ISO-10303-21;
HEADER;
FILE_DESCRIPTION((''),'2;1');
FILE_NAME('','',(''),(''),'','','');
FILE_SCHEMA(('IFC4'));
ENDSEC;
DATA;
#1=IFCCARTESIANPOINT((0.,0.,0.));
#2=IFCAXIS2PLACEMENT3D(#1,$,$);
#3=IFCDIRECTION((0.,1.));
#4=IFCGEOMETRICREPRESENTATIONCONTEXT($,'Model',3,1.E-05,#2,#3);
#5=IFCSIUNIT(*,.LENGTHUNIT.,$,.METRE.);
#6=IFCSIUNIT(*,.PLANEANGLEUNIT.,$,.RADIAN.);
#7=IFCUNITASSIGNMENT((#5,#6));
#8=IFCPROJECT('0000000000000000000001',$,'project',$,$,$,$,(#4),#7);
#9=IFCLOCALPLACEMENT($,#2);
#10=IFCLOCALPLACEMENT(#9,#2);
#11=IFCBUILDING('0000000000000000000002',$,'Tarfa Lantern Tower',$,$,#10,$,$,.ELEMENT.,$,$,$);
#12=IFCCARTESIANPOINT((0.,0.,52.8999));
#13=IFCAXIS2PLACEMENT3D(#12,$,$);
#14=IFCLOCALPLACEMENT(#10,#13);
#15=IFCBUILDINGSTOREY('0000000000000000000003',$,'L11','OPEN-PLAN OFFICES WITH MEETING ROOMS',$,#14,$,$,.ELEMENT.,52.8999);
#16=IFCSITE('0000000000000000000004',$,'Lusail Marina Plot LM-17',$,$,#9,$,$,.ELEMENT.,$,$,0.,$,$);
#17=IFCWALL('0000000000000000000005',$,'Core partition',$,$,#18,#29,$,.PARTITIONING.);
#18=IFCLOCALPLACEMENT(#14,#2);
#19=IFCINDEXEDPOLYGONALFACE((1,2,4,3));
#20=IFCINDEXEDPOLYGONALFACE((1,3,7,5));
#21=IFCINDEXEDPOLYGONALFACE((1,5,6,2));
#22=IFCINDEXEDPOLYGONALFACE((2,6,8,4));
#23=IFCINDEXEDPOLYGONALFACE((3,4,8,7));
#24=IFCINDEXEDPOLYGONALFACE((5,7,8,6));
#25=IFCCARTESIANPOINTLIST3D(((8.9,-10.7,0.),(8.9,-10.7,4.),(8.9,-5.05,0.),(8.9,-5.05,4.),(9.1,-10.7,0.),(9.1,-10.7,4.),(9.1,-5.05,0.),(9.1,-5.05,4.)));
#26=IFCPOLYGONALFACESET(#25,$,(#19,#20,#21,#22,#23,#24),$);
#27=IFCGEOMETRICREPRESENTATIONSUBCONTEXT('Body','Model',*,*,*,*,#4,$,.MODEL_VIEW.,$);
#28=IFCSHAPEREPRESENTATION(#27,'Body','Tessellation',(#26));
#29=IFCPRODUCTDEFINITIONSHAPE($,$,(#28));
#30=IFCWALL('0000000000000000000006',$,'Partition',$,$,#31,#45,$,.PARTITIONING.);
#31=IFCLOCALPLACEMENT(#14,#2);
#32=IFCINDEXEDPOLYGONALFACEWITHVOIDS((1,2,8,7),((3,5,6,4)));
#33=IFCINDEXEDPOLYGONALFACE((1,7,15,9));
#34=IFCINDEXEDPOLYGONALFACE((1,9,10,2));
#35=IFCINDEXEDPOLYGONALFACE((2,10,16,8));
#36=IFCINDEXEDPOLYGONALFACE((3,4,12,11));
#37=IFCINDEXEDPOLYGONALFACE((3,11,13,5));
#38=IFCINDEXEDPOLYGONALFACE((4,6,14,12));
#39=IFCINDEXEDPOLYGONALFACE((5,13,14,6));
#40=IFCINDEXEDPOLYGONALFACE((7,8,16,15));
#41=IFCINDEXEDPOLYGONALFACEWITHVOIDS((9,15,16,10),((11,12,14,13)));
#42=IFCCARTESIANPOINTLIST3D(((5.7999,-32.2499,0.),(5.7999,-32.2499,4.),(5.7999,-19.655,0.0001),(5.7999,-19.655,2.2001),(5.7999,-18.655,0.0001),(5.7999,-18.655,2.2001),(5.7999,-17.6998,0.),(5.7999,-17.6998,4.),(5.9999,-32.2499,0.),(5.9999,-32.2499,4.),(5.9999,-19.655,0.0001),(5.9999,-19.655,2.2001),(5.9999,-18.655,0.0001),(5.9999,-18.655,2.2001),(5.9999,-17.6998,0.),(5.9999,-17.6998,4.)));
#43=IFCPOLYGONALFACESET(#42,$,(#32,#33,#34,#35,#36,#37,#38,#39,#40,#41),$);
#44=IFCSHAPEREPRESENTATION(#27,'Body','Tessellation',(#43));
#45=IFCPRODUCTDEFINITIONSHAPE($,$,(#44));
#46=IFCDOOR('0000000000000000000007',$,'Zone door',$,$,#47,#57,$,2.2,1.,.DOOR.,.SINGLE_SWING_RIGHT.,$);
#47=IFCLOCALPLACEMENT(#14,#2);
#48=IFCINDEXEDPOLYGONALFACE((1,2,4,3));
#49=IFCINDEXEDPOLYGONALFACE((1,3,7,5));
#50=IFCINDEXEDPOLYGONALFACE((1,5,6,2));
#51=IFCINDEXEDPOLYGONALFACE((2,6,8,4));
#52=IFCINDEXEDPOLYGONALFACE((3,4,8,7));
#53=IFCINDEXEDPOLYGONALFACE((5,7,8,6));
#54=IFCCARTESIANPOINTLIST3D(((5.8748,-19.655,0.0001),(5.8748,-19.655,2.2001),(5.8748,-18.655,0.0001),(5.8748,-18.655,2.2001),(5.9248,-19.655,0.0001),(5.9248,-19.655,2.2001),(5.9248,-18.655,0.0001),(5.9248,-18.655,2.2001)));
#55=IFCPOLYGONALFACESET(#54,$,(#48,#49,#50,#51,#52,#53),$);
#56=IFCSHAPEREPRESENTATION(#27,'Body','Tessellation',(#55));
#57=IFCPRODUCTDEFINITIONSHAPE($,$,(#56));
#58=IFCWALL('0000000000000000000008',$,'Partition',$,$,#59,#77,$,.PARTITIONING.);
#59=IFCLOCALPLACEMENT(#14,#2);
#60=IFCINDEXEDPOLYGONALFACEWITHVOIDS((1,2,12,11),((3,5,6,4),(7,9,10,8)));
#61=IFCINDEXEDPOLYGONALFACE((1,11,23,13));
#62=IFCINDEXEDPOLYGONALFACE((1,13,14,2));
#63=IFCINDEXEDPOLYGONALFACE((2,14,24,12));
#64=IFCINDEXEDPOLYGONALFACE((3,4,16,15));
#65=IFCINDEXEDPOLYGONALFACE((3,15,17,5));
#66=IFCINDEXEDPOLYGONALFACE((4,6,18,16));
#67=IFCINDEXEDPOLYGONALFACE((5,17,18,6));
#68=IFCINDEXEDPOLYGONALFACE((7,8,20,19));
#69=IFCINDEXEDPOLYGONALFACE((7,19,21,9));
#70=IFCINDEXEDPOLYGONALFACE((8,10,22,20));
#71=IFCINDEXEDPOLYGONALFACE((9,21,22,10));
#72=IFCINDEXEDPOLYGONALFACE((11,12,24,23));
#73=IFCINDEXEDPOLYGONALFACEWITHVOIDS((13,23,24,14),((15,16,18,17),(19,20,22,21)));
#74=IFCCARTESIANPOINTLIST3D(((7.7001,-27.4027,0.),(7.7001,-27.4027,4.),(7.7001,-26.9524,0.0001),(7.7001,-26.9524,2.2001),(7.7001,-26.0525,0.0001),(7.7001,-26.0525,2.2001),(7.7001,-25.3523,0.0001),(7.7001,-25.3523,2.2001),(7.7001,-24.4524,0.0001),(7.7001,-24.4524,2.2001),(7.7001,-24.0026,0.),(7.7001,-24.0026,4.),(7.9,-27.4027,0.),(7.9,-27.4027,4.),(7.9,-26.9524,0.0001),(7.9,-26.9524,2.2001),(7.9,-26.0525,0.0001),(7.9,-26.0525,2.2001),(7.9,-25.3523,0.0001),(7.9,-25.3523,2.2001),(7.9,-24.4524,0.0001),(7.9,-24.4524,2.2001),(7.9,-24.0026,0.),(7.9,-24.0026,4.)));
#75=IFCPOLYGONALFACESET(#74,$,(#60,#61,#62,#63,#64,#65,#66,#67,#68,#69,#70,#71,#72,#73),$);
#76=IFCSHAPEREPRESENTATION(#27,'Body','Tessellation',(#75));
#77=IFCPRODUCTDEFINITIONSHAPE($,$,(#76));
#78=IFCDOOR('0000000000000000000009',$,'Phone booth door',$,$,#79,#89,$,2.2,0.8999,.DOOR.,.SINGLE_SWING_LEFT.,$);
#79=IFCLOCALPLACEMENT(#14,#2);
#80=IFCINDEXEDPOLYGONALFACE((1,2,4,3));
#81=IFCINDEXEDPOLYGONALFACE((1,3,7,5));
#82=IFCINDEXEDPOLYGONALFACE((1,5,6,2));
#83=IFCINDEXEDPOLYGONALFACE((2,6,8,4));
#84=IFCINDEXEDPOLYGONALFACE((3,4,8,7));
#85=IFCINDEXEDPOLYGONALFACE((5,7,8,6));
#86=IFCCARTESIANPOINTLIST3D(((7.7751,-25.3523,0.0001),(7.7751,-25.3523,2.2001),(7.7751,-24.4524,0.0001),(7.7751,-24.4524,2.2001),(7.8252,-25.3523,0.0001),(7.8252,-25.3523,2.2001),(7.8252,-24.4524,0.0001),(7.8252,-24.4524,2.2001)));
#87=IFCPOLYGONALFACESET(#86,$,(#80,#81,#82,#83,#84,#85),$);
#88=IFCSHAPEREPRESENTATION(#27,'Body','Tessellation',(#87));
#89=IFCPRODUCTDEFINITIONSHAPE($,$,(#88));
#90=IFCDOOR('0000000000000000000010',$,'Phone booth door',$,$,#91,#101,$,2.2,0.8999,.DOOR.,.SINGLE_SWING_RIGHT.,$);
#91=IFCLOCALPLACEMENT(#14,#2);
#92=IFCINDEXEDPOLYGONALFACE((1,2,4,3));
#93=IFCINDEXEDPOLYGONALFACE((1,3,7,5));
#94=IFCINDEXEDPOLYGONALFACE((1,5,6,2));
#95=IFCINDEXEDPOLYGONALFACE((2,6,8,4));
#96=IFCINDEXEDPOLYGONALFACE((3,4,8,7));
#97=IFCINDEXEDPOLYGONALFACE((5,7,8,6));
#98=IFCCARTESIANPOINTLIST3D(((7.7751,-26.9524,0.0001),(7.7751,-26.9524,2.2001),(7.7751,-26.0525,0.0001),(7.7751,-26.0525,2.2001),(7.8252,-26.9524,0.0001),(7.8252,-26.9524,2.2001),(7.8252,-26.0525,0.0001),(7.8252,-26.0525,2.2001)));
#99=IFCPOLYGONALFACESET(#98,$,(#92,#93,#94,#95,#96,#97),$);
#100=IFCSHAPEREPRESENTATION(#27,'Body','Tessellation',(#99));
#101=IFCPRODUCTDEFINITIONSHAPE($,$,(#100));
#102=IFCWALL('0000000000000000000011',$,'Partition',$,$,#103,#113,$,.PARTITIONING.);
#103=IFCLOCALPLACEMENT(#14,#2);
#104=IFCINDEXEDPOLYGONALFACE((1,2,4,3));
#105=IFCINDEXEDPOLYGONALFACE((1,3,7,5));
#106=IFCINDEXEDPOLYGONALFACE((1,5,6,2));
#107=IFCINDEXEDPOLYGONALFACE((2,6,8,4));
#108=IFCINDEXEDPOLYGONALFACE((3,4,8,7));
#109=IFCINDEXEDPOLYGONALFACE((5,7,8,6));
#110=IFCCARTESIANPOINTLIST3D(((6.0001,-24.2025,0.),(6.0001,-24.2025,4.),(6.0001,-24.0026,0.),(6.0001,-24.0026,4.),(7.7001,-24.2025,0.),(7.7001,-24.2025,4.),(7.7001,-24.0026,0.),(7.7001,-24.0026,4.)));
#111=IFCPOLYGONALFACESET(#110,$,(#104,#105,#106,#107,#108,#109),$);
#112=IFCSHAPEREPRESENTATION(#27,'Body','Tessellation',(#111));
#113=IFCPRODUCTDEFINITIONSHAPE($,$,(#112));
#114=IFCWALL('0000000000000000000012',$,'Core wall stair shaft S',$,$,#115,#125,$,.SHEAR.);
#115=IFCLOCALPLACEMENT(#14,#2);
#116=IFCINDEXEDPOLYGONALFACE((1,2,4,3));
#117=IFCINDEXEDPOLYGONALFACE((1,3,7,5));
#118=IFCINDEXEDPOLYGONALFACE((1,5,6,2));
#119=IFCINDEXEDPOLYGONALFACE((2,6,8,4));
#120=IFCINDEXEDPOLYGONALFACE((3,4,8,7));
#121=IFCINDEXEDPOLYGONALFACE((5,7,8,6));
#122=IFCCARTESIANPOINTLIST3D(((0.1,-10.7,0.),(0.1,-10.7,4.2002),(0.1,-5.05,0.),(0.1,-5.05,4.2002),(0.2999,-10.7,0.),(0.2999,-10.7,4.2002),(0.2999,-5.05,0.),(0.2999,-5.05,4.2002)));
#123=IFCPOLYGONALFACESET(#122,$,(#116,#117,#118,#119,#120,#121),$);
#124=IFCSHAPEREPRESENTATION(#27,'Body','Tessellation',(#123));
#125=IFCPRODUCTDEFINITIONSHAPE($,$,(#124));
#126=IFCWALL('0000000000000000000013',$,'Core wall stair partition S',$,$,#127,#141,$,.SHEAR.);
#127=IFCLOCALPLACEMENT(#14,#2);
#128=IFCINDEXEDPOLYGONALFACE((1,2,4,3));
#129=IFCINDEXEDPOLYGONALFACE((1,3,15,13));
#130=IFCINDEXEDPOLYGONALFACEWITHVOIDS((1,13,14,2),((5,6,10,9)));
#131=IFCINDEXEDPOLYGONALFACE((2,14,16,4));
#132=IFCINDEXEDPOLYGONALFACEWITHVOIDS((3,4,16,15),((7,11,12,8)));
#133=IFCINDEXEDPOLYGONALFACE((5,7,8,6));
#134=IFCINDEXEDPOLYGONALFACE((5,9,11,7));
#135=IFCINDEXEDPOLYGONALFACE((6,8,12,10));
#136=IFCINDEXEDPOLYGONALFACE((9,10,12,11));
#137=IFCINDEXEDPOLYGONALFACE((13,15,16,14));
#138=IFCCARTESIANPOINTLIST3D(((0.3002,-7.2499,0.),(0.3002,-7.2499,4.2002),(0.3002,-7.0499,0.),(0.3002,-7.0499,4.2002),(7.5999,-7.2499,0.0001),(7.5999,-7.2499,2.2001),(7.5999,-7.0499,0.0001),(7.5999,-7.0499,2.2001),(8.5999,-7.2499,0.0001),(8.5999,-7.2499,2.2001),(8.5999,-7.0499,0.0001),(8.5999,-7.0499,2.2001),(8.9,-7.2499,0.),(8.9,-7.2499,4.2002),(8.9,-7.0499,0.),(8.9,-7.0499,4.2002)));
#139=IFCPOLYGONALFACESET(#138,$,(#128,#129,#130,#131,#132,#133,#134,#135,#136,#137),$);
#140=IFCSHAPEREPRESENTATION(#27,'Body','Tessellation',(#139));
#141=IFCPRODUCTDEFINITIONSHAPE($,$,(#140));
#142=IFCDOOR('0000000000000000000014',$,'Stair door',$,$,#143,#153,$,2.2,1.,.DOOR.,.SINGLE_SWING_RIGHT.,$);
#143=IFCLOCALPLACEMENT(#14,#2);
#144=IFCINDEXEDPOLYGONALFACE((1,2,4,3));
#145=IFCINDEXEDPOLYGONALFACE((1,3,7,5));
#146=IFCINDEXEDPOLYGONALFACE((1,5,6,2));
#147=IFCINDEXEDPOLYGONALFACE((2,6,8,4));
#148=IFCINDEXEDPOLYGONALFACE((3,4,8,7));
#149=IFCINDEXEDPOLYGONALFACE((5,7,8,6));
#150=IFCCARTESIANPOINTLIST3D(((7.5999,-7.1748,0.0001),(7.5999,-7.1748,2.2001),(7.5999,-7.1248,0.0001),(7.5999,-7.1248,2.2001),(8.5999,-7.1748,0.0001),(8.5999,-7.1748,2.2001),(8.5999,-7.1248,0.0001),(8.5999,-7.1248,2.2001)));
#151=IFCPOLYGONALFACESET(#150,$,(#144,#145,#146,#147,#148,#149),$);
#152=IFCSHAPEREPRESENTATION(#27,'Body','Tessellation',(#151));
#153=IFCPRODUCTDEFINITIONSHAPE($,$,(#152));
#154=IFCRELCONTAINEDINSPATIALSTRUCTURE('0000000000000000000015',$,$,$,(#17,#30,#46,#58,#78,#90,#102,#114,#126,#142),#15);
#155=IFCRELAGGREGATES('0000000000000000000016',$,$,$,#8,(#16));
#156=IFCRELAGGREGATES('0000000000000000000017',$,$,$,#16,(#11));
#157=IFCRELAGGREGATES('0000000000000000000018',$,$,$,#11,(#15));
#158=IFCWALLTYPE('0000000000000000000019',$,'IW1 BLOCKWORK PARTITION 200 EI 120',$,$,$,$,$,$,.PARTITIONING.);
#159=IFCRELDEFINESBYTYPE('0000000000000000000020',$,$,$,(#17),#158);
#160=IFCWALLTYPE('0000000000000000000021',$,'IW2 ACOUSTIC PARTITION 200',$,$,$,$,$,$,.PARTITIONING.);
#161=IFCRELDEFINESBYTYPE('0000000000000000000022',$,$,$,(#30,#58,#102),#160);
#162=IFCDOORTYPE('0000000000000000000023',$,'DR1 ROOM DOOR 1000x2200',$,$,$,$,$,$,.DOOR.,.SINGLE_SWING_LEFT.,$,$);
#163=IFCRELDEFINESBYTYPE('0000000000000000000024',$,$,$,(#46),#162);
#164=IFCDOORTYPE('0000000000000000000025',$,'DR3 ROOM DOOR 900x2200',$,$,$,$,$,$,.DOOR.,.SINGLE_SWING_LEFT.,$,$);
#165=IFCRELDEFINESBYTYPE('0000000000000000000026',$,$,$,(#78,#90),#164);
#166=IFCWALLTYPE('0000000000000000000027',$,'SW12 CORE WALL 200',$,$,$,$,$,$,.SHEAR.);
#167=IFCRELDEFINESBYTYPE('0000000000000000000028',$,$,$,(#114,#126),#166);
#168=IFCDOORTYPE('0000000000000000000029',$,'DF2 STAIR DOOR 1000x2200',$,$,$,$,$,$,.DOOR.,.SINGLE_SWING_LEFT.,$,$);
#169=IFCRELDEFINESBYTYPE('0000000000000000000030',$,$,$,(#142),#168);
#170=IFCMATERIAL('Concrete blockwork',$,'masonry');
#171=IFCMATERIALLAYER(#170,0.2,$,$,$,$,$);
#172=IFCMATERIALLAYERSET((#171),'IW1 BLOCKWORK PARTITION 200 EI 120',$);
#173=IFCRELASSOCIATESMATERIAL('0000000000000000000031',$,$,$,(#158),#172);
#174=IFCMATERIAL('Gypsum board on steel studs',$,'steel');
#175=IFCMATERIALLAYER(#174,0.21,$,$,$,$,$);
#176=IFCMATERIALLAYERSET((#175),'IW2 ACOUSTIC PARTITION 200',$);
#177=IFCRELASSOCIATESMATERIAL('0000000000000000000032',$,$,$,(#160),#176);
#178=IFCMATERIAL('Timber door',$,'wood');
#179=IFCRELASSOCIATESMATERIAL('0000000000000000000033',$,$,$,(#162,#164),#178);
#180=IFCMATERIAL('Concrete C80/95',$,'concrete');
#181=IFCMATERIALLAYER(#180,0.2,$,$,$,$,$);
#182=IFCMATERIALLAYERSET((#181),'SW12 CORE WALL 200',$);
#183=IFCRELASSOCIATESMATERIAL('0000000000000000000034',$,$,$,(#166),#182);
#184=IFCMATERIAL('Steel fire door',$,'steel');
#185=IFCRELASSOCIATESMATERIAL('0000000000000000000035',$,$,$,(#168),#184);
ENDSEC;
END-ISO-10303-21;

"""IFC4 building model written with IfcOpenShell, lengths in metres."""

from ifc_helpers import new_model, si_unit, direction, frame, frame_2d, origin, place, context, subcontext, project, spatial, rectangle, extrude, material, layer, layer_set, type_object, element, fill, save


model = new_model("IFC4")

# Units and contexts
model_context = context("Model", 3, precision=1e-05, world=origin(), true_north=direction((0.0, 1.0)))
body_context = subcontext(model_context, "Body", "Model", "MODEL_VIEW")
ifc_project = project(units=[si_unit("LENGTHUNIT", "METRE"), si_unit("PLANEANGLEUNIT", "RADIAN")], contexts=[model_context])

# Site, building, storey
site_placement = place(None, origin())
site = spatial("IfcSite", under=ifc_project, at=site_placement, Name="Lusail Marina Plot LM-17", CompositionType="ELEMENT", RefElevation=0.0)
building_placement = place(site_placement, origin())
building = spatial("IfcBuilding", under=site, at=building_placement, Name="Tarfa Lantern Tower", CompositionType="ELEMENT")
storey_placement = place(building_placement, frame((0.0, 0.0, 52.8999)))
storey = spatial("IfcBuildingStorey", under=building, at=storey_placement, Name="L11", Description="OPEN-PLAN OFFICES WITH MEETING ROOMS", CompositionType="ELEMENT", Elevation=52.8999)

# Wall
ifc_material_1 = material(Name="Concrete blockwork", Category="masonry")
ifc_layer_1 = layer(ifc_material_1, 0.2)
ifc_layer_set_1 = layer_set([ifc_layer_1], Name="IW1 BLOCKWORK PARTITION 200 EI 120")
wall_type_1 = type_object("IfcWallType", Name="IW1 BLOCKWORK PARTITION 200 EI 120", PredefinedType="PARTITIONING", material=ifc_layer_set_1)
wall_1_placement = place(storey_placement, frame((9.0, -5.05, 0.0), z_axis=(0.0, 0.0, 1.0), x_axis=(0.0, -1.0, 0.0)))
element("IfcWall", 1, at=wall_1_placement, inside=storey, type_object=wall_type_1, Name="Core partition", PredefinedType="PARTITIONING", context=body_context, shape_type="SweptSolid", body=[
    extrude(rectangle(XDim=5.6499, YDim=0.2, at=frame_2d((2.825, 0.0))), origin(), (0.0, 0.0, 1.0), 4.0),
])

# Wall, opening, door
ifc_material_2 = material(Name="Gypsum board on steel studs", Category="steel")
ifc_layer_2 = layer(ifc_material_2, 0.21)
ifc_layer_set_2 = layer_set([ifc_layer_2], Name="IW2 ACOUSTIC PARTITION 200")
wall_type_2 = type_object("IfcWallType", Name="IW2 ACOUSTIC PARTITION 200", PredefinedType="PARTITIONING", material=ifc_layer_set_2)
wall_2_placement = place(storey_placement, frame((5.8999, -17.7, 0.0), z_axis=(0.0, 0.0, 1.0), x_axis=(0.0, -1.0, 0.0)))
wall_2 = element("IfcWall", 2, at=wall_2_placement, inside=storey, type_object=wall_type_2, Name="Partition", PredefinedType="PARTITIONING", context=body_context, shape_type="SweptSolid", body=[
    extrude(rectangle(XDim=14.55, YDim=0.2, at=frame_2d((7.2749, 0.0))), origin(), (0.0, 0.0, 1.0), 4.0),
])
opening_1_placement = place(wall_2_placement, frame((0.9551, 0.0, 0.0)))
opening_1 = element("IfcOpeningElement", 3, at=opening_1_placement, cuts=wall_2, PredefinedType="OPENING", context=body_context, shape_type="SweptSolid", body=[
    extrude(rectangle(XDim=1.0, YDim=2.2, at=frame_2d((0.5, 1.1001))), frame((0.0, 0.1099, 0.0), z_axis=(0.0, -1.0, 0.0), x_axis=(1.0, 0.0, 0.0)), (0.0, 0.0, 1.0), 0.22),
])
ifc_material_3 = material(Name="Timber door", Category="wood")
door_type_1 = type_object("IfcDoorType", Name="DR1 ROOM DOOR 1000x2200", OperationType="SINGLE_SWING_LEFT", PredefinedType="DOOR", material=ifc_material_3)
door_1_placement = place(opening_1_placement, origin())
door_1 = element("IfcDoor", 4, at=door_1_placement, inside=storey, type_object=door_type_1, Name="Zone door", OperationType="SINGLE_SWING_RIGHT", OverallHeight=2.2, OverallWidth=1.0, PredefinedType="DOOR", context=body_context, shape_type="SweptSolid", body=[
    extrude(rectangle(XDim=1.0, YDim=2.2, at=frame_2d((0.5, 1.1001))), frame((0.0, 0.0249, 0.0), z_axis=(0.0, -1.0, 0.0), x_axis=(1.0, 0.0, 0.0)), (0.0, 0.0, 1.0), 0.05),
])
fill(opening_1, door_1)

# Wall, openings, doors
wall_3_placement = place(storey_placement, frame((7.8, -24.0024, 0.0), z_axis=(0.0, 0.0, 1.0), x_axis=(0.0, -1.0, 0.0)))
wall_3 = element("IfcWall", 5, at=wall_3_placement, inside=storey, type_object=wall_type_2, Name="Partition", PredefinedType="PARTITIONING", context=body_context, shape_type="SweptSolid", body=[
    extrude(rectangle(XDim=3.4001, YDim=0.2, at=frame_2d((1.7002, 0.0))), origin(), (0.0, 0.0, 1.0), 4.0),
])
opening_2_placement = place(wall_3_placement, frame((0.45, 0.0, 0.0)))
opening_2 = element("IfcOpeningElement", 6, at=opening_2_placement, cuts=wall_3, PredefinedType="OPENING", context=body_context, shape_type="SweptSolid", body=[
    extrude(rectangle(XDim=0.8999, YDim=2.2, at=frame_2d((0.45, 1.1001))), frame((0.0, 0.1099, 0.0), z_axis=(0.0, -1.0, 0.0), x_axis=(1.0, 0.0, 0.0)), (0.0, 0.0, 1.0), 0.22),
])
opening_3_placement = place(wall_3_placement, frame((2.05, 0.0, 0.0)))
opening_3 = element("IfcOpeningElement", 7, at=opening_3_placement, cuts=wall_3, PredefinedType="OPENING", context=body_context, shape_type="SweptSolid", body=[
    extrude(rectangle(XDim=0.8999, YDim=2.2, at=frame_2d((0.45, 1.1001))), frame((0.0, 0.1099, 0.0), z_axis=(0.0, -1.0, 0.0), x_axis=(1.0, 0.0, 0.0)), (0.0, 0.0, 1.0), 0.22),
])
door_type_2 = type_object("IfcDoorType", Name="DR3 ROOM DOOR 900x2200", OperationType="SINGLE_SWING_LEFT", PredefinedType="DOOR", material=ifc_material_3)
door_2_placement = place(opening_2_placement, frame((0.8999, 0.0, 0.0), z_axis=(0.0, 0.0, 1.0), x_axis=(-1.0, 0.0, 0.0)))
door_2 = element("IfcDoor", 8, at=door_2_placement, inside=storey, type_object=door_type_2, Name="Phone booth door", OperationType="SINGLE_SWING_LEFT", OverallHeight=2.2, OverallWidth=0.8999, PredefinedType="DOOR", context=body_context, shape_type="SweptSolid", body=[
    extrude(rectangle(XDim=0.8999, YDim=2.2, at=frame_2d((0.45, 1.1001))), frame((0.0, 0.0249, 0.0), z_axis=(0.0, -1.0, 0.0), x_axis=(1.0, 0.0, 0.0)), (0.0, 0.0, 1.0), 0.05),
])
fill(opening_2, door_2)
door_3_placement = place(opening_3_placement, frame((0.8999, 0.0, 0.0), z_axis=(0.0, 0.0, 1.0), x_axis=(-1.0, 0.0, 0.0)))
door_3 = element("IfcDoor", 9, at=door_3_placement, inside=storey, type_object=door_type_2, Name="Phone booth door", OperationType="SINGLE_SWING_RIGHT", OverallHeight=2.2, OverallWidth=0.8999, PredefinedType="DOOR", context=body_context, shape_type="SweptSolid", body=[
    extrude(rectangle(XDim=0.8999, YDim=2.2, at=frame_2d((0.45, 1.1001))), frame((0.0, 0.0249, 0.0), z_axis=(0.0, -1.0, 0.0), x_axis=(1.0, 0.0, 0.0)), (0.0, 0.0, 1.0), 0.05),
])
fill(opening_3, door_3)

# Walls
wall_4_placement = place(storey_placement, frame((6.0, -24.1025, 0.0), z_axis=(0.0, 0.0, 1.0), x_axis=(1.0, 0.0, 0.0)))
element("IfcWall", 10, at=wall_4_placement, inside=storey, type_object=wall_type_2, Name="Partition", PredefinedType="PARTITIONING", context=body_context, shape_type="SweptSolid", body=[
    extrude(rectangle(XDim=1.7, YDim=0.2, at=frame_2d((0.8501, 0.0))), origin(), (0.0, 0.0, 1.0), 4.0),
])
ifc_material_4 = material(Name="Concrete C80/95", Category="concrete")
ifc_layer_3 = layer(ifc_material_4, 0.2)
ifc_layer_set_3 = layer_set([ifc_layer_3], Name="SW12 CORE WALL 200")
wall_type_3 = type_object("IfcWallType", Name="SW12 CORE WALL 200", PredefinedType="SHEAR", material=ifc_layer_set_3)
wall_5_placement = place(storey_placement, frame((0.2, -5.05, 0.0), z_axis=(0.0, 0.0, 1.0), x_axis=(0.0, -1.0, 0.0)))
element("IfcWall", 11, at=wall_5_placement, inside=storey, type_object=wall_type_3, Name="Core wall stair shaft S", PredefinedType="SHEAR", context=body_context, shape_type="SweptSolid", body=[
    extrude(rectangle(XDim=5.6499, YDim=0.2, at=frame_2d((2.825, 0.0))), origin(), (0.0, 0.0, 1.0), 4.2002),
])

# Wall, opening, door
wall_6_placement = place(storey_placement, frame((8.8999, -7.1499, 0.0), z_axis=(0.0, 0.0, 1.0), x_axis=(-1.0, 0.0, 0.0)))
wall_6 = element("IfcWall", 12, at=wall_6_placement, inside=storey, type_object=wall_type_3, Name="Core wall stair partition S", PredefinedType="SHEAR", context=body_context, shape_type="SweptSolid", body=[
    extrude(rectangle(XDim=8.5999, YDim=0.2, at=frame_2d((4.2998, 0.0))), origin(), (0.0, 0.0, 1.0), 4.2002),
])
opening_4_placement = place(wall_6_placement, frame((0.3, 0.0, 0.0)))
opening_4 = element("IfcOpeningElement", 13, at=opening_4_placement, cuts=wall_6, PredefinedType="OPENING", context=body_context, shape_type="SweptSolid", body=[
    extrude(rectangle(XDim=1.0, YDim=2.2, at=frame_2d((0.5, 1.1001))), frame((0.0, 0.1099, 0.0), z_axis=(0.0, -1.0, 0.0), x_axis=(1.0, 0.0, 0.0)), (0.0, 0.0, 1.0), 0.22),
])
ifc_material_5 = material(Name="Steel fire door", Category="steel")
door_type_3 = type_object("IfcDoorType", Name="DF2 STAIR DOOR 1000x2200", OperationType="SINGLE_SWING_LEFT", PredefinedType="DOOR", material=ifc_material_5)
door_4_placement = place(opening_4_placement, origin())
door_4 = element("IfcDoor", 14, at=door_4_placement, inside=storey, type_object=door_type_3, Name="Stair door", OperationType="SINGLE_SWING_RIGHT", OverallHeight=2.2, OverallWidth=1.0, PredefinedType="DOOR", context=body_context, shape_type="SweptSolid", body=[
    extrude(rectangle(XDim=1.0, YDim=2.2, at=frame_2d((0.5, 1.1001))), frame((0.0, 0.0249, 0.0), z_axis=(0.0, -1.0, 0.0), x_axis=(1.0, 0.0, 0.0)), (0.0, 0.0, 1.0), 0.05),
])
fill(opening_4, door_4)

save(model, "model.ifc")
